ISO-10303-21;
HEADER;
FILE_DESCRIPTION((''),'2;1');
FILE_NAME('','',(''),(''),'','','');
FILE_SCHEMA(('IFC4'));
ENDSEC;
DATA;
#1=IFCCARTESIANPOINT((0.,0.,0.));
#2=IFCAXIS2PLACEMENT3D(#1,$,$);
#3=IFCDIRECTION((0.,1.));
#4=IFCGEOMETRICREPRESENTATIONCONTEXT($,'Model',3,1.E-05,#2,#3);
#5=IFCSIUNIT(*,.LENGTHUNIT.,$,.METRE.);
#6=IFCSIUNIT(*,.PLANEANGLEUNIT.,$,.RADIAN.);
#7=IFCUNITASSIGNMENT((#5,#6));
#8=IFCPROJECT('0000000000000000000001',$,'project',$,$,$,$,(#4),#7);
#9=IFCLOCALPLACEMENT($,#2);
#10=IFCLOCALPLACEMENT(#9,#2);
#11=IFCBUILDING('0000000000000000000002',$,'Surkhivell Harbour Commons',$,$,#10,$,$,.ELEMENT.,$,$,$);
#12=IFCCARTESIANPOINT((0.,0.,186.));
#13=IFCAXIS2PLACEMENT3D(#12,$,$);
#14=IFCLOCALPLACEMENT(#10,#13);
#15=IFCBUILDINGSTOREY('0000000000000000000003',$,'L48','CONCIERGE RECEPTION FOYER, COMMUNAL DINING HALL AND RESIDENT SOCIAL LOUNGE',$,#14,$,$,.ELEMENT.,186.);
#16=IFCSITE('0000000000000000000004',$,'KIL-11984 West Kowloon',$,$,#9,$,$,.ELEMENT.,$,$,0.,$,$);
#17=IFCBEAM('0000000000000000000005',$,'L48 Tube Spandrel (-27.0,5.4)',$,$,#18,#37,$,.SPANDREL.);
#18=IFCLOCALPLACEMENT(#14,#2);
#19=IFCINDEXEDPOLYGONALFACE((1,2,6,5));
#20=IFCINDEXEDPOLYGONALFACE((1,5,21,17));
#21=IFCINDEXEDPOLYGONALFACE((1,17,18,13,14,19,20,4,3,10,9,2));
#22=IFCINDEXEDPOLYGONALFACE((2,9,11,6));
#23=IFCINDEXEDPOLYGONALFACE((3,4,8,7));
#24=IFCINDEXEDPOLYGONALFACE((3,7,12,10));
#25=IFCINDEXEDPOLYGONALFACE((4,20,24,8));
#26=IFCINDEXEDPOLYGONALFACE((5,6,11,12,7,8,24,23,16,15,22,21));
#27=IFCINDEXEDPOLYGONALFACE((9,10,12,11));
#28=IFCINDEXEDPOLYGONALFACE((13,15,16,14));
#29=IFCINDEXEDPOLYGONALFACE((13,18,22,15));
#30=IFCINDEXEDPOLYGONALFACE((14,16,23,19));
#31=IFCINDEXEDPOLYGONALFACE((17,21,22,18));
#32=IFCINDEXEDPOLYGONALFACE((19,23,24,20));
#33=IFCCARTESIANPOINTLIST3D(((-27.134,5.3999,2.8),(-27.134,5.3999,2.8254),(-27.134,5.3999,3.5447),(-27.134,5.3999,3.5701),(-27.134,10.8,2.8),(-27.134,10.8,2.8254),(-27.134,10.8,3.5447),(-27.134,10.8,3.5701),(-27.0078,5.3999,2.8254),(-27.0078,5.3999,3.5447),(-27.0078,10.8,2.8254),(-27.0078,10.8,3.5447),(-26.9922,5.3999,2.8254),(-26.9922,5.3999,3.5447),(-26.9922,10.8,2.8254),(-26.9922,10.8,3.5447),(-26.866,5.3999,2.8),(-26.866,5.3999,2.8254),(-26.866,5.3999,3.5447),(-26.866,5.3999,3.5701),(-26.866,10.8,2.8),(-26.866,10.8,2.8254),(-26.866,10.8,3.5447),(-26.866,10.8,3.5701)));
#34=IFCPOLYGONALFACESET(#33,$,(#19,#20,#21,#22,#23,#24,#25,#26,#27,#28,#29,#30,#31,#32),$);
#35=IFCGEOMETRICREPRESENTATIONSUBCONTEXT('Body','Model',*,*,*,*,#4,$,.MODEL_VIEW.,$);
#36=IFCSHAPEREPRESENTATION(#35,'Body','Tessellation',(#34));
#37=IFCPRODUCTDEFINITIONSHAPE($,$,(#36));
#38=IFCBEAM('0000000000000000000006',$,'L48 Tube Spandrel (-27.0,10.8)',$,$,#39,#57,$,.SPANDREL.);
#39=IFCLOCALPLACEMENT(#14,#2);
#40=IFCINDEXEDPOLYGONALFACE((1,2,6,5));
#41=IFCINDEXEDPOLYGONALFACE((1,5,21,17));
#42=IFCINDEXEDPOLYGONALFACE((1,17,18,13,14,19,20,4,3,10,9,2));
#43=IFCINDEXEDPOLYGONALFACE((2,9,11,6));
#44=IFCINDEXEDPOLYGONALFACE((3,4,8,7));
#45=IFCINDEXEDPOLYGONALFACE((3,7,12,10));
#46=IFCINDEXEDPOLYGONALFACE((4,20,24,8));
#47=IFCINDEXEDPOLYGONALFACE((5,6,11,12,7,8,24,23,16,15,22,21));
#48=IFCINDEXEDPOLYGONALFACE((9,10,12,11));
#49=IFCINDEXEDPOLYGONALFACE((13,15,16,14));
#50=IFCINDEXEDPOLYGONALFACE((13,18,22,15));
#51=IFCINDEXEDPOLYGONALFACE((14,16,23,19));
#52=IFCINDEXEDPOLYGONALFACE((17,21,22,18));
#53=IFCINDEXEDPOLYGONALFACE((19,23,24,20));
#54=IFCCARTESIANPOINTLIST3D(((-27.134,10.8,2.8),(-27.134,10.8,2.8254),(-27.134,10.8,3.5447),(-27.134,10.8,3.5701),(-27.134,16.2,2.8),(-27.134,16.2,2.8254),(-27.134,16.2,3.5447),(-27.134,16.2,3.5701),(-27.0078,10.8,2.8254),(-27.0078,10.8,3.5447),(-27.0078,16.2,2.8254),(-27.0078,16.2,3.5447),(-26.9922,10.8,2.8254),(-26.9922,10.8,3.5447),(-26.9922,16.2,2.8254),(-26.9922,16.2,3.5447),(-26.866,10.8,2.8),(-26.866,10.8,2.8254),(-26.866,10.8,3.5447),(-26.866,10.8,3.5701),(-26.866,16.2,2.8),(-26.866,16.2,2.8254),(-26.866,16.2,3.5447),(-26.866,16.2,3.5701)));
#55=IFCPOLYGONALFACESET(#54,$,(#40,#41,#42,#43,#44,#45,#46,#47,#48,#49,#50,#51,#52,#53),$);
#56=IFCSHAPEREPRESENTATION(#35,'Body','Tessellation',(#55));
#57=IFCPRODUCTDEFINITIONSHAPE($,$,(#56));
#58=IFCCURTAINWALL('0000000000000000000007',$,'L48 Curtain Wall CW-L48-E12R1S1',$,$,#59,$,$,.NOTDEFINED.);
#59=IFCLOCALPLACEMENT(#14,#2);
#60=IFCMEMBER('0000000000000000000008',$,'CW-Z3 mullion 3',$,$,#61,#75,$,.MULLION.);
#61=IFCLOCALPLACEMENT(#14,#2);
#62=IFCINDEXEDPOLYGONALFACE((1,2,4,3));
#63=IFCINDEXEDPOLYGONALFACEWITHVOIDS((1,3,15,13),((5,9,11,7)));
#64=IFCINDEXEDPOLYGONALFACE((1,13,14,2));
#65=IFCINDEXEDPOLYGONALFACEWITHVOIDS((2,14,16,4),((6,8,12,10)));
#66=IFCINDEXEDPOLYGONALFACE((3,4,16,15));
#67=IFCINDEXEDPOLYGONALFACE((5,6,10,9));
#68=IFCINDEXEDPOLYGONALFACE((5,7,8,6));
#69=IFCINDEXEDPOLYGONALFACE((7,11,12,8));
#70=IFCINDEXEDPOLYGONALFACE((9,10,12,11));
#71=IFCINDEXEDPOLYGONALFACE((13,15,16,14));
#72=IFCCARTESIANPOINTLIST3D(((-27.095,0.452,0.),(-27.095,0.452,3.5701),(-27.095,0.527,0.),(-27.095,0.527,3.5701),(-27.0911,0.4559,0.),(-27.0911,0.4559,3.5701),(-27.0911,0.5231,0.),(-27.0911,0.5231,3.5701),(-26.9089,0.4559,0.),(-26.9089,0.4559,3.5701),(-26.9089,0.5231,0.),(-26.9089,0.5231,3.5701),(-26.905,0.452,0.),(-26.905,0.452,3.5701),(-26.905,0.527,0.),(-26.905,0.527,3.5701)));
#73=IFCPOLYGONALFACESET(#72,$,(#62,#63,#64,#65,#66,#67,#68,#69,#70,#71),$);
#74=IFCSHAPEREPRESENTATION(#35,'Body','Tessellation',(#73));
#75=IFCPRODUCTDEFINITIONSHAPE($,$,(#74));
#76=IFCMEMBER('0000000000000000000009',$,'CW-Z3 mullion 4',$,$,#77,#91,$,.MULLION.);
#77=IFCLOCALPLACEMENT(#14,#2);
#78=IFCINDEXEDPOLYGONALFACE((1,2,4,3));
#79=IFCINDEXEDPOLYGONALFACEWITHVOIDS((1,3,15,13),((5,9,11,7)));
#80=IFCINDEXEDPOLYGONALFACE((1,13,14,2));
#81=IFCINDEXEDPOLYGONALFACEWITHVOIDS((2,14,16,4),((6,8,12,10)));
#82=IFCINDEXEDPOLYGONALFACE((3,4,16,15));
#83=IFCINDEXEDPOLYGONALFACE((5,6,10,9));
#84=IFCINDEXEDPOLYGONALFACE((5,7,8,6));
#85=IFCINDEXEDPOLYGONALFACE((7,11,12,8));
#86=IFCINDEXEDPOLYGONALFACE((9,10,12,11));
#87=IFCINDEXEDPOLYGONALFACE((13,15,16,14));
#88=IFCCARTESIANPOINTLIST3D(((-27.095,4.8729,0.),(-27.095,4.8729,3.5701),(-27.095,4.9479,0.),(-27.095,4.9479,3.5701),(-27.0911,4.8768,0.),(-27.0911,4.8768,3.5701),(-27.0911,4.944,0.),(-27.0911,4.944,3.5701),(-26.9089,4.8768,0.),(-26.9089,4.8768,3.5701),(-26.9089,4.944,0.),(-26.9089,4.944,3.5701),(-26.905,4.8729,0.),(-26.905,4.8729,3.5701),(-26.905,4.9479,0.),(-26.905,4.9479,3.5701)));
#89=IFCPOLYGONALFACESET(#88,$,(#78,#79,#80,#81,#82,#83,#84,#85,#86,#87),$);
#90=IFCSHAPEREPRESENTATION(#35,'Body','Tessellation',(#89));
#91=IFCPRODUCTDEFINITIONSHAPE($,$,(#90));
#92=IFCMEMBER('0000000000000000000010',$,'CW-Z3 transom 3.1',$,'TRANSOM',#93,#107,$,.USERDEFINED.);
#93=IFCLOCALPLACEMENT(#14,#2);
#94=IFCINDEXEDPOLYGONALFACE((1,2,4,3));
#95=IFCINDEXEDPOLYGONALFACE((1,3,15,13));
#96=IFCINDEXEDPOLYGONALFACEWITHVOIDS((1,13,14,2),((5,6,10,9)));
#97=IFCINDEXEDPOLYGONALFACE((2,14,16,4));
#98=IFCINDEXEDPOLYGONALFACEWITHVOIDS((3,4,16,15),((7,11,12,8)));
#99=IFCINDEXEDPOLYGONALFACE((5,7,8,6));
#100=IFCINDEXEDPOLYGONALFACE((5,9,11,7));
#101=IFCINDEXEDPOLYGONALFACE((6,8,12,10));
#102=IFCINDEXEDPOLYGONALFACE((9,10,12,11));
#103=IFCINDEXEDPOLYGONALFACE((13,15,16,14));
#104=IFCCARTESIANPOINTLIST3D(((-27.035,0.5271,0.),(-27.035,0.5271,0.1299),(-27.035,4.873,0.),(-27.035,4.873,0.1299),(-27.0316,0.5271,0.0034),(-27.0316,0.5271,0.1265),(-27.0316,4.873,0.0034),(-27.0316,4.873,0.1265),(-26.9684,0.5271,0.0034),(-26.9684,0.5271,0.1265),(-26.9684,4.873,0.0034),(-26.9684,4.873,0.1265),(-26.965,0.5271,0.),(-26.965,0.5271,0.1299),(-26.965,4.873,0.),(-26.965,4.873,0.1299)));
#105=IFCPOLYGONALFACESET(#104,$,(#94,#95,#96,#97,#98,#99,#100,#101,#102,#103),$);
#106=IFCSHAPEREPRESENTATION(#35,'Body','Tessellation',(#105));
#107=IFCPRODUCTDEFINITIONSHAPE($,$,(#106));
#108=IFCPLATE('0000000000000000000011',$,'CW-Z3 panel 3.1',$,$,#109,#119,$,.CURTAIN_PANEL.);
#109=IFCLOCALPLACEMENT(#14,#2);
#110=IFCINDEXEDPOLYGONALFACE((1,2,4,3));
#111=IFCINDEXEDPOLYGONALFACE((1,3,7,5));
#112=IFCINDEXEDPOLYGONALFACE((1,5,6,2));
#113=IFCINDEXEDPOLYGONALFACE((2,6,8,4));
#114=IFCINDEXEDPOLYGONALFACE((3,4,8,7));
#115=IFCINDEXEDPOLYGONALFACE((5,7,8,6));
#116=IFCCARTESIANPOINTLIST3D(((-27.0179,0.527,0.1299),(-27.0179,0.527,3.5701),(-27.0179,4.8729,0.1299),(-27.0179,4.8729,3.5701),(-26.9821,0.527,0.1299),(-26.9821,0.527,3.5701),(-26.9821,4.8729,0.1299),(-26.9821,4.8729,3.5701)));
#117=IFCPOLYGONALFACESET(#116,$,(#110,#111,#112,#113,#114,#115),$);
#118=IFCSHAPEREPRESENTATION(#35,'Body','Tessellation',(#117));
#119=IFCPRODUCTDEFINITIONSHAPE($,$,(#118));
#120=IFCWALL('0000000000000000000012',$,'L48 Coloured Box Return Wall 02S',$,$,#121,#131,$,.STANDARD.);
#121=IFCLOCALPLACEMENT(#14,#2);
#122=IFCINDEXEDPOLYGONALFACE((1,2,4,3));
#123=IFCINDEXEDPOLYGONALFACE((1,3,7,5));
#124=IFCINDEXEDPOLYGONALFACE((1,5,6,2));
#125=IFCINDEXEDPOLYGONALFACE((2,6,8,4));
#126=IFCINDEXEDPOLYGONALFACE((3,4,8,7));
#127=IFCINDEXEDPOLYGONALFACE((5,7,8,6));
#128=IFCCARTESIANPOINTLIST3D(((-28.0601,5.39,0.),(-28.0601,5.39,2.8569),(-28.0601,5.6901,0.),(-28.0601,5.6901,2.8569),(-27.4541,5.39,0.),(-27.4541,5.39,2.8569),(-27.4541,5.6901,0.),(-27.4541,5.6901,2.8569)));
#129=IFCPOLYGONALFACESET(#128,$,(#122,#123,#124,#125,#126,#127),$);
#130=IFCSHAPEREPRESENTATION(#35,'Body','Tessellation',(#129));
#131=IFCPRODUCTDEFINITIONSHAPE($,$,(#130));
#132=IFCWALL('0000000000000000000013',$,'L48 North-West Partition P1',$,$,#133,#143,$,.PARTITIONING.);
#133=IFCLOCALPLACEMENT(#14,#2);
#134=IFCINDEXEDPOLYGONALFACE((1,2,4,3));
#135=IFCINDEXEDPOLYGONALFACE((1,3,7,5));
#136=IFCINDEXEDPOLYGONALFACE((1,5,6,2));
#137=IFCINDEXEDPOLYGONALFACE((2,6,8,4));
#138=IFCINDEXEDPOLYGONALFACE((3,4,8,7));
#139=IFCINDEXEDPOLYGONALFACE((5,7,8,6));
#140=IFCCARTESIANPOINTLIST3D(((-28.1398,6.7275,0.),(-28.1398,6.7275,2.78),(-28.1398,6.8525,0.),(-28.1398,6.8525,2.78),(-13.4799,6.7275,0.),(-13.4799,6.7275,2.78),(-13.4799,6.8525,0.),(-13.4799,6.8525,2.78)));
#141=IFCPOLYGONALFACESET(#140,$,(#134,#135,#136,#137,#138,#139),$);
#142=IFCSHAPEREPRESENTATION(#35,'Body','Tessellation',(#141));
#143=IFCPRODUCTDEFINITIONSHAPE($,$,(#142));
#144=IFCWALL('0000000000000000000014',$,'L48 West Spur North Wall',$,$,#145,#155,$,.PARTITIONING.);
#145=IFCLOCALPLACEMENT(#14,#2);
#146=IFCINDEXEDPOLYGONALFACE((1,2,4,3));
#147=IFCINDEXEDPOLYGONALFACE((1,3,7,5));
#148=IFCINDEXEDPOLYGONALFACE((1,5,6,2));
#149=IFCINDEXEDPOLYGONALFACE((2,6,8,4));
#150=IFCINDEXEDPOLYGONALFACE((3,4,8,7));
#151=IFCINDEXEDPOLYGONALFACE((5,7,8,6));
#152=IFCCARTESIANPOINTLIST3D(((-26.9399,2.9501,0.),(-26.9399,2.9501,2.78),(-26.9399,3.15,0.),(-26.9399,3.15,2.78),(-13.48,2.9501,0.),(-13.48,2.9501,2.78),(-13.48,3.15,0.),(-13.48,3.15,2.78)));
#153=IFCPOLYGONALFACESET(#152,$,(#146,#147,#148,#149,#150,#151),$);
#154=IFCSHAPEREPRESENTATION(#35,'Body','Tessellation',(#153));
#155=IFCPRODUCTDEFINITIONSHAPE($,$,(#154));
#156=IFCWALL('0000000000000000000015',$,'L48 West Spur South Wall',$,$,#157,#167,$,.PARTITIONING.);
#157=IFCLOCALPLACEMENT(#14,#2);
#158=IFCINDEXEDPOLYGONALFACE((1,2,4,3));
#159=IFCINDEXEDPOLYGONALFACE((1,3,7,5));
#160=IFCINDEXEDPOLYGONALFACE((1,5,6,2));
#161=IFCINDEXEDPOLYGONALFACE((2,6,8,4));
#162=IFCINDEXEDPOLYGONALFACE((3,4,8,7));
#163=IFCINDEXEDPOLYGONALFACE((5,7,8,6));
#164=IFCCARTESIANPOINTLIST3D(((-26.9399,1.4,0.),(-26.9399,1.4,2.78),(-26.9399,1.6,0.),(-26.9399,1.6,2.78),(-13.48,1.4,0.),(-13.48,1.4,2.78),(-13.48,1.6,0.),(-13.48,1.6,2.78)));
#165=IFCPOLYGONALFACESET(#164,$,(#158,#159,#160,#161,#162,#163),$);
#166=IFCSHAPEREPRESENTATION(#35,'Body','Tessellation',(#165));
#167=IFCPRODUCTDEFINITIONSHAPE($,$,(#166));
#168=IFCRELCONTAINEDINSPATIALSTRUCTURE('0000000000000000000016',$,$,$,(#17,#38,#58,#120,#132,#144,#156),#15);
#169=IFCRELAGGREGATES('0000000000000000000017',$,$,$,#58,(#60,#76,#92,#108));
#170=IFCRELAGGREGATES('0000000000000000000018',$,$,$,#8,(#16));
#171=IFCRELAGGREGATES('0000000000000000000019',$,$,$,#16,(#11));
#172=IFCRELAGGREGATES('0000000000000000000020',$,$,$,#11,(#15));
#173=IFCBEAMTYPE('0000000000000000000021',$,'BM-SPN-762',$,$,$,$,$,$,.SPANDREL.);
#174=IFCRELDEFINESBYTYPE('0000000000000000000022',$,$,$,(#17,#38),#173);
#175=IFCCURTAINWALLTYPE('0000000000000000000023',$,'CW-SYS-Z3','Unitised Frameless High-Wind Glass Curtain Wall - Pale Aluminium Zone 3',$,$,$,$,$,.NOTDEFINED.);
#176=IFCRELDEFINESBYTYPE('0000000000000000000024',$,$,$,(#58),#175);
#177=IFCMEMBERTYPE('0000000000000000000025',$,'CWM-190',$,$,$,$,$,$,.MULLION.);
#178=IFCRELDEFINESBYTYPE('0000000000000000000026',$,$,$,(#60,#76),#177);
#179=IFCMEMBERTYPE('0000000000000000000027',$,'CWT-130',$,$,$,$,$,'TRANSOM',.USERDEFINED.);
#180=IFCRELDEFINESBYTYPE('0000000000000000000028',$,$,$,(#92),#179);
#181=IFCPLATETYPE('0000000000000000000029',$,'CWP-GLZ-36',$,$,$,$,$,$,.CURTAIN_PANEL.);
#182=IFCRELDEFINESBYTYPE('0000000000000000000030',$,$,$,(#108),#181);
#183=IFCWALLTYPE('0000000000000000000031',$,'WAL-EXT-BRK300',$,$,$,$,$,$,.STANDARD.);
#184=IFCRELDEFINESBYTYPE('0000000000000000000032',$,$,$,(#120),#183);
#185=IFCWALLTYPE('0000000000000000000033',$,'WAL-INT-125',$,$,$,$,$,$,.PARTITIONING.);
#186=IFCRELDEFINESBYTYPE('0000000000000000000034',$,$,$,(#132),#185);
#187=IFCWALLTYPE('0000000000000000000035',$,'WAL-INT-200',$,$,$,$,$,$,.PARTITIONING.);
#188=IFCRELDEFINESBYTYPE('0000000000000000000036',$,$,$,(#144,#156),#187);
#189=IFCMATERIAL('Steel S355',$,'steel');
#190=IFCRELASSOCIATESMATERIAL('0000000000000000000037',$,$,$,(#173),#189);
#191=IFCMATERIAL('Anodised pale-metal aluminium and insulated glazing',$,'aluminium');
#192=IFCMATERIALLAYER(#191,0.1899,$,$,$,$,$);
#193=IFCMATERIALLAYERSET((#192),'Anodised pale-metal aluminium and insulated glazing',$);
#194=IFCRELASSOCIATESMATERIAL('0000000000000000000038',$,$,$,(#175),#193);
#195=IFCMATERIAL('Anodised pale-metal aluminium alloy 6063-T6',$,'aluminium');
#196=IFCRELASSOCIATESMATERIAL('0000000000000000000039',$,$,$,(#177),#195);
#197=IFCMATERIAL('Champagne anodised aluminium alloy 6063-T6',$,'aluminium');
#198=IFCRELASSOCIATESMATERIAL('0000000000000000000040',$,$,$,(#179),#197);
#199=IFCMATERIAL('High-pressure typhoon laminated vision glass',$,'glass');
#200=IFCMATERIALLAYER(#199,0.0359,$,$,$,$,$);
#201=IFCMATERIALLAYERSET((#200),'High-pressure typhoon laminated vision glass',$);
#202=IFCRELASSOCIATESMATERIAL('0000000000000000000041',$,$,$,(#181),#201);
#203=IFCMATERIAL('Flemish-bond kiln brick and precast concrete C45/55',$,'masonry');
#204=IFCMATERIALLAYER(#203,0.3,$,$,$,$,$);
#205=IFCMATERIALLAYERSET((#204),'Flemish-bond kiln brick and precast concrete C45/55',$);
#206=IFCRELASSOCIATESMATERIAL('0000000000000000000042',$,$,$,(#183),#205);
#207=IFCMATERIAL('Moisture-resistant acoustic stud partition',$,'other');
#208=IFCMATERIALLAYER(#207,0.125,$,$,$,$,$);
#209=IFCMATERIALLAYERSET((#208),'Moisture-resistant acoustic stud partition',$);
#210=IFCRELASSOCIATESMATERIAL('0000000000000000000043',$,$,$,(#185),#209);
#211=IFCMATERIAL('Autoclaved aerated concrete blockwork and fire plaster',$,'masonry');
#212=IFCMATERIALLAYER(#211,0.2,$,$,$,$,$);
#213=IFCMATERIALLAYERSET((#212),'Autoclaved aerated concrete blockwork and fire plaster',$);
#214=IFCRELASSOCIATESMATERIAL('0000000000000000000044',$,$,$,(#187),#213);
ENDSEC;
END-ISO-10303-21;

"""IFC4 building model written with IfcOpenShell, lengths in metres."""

from ifc_helpers import new_model, si_unit, direction, frame, frame_2d, origin, origin_2d, place, context, subcontext, project, spatial, rectangle, hollow_rectangle, i_section, extrude, material, layer, layer_set, material_profile, profile_set, type_object, element, aggregate, save


model = new_model("IFC4")

# Units and contexts
model_context = context("Model", 3, precision=1e-05, world=origin(), true_north=direction((0.0, 1.0)))
body_context = subcontext(model_context, "Body", "Model", "MODEL_VIEW")
ifc_project = project(units=[si_unit("LENGTHUNIT", "METRE"), si_unit("PLANEANGLEUNIT", "RADIAN")], contexts=[model_context])

# Site, building, storey
site_placement = place(None, origin())
site = spatial("IfcSite", under=ifc_project, at=site_placement, Name="KIL-11984 West Kowloon", CompositionType="ELEMENT", RefElevation=0.0)
building_placement = place(site_placement, origin())
building = spatial("IfcBuilding", under=site, at=building_placement, Name="Surkhivell Harbour Commons", CompositionType="ELEMENT")
storey_placement = place(building_placement, frame((0.0, 0.0, 186.0)))
storey = spatial("IfcBuildingStorey", under=building, at=storey_placement, Name="L48", Description="CONCIERGE RECEPTION FOYER, COMMUNAL DINING HALL AND RESIDENT SOCIAL LOUNGE", CompositionType="ELEMENT", Elevation=186.0)

# Beams
ifc_material_1 = material(Name="Steel S355", Category="steel")
ifc_material_profile_1 = material_profile(ifc_material_1, i_section(OverallWidth=0.2681, OverallDepth=0.77, WebThickness=0.0156, FlangeThickness=0.0254, at=origin_2d()), Name="UB762x267x197")
ifc_profile_set_1 = profile_set([ifc_material_profile_1], Name="Steel S355")
beam_type_1 = type_object("IfcBeamType", Name="BM-SPN-762", PredefinedType="SPANDREL", material=ifc_profile_set_1)
beam_1_placement = place(storey_placement, frame((-27.0, 5.3999, 3.1851), z_axis=(0.0, 1.0, 0.0), x_axis=(-1.0, 0.0, 0.0)))
element("IfcBeam", 1, at=beam_1_placement, inside=storey, type_object=beam_type_1, Name="L48 Tube Spandrel (-27.0,5.4)", PredefinedType="SPANDREL", context=body_context, shape_type="SweptSolid", body=[
    extrude(i_section(OverallWidth=0.2681, OverallDepth=0.77, WebThickness=0.0156, FlangeThickness=0.0254, at=origin_2d()), origin(), (0.0, 0.0, 1.0), 5.4001),
])
beam_2_placement = place(storey_placement, frame((-27.0, 10.8, 3.1851), z_axis=(0.0, 1.0, 0.0), x_axis=(-1.0, 0.0, 0.0)))
element("IfcBeam", 2, at=beam_2_placement, inside=storey, type_object=beam_type_1, Name="L48 Tube Spandrel (-27.0,10.8)", PredefinedType="SPANDREL", context=body_context, shape_type="SweptSolid", body=[
    extrude(i_section(OverallWidth=0.2681, OverallDepth=0.77, WebThickness=0.0156, FlangeThickness=0.0254, at=origin_2d()), origin(), (0.0, 0.0, 1.0), 5.3999),
])

# Curtain wall, members, plate
ifc_material_2 = material(Name="Anodised pale-metal aluminium and insulated glazing", Category="aluminium")
ifc_layer_1 = layer(ifc_material_2, 0.1899)
ifc_layer_set_1 = layer_set([ifc_layer_1], Name="Anodised pale-metal aluminium and insulated glazing")
curtain_wall_type = type_object("IfcCurtainWallType", Name="CW-SYS-Z3", Description="Unitised Frameless High-Wind Glass Curtain Wall - Pale Aluminium Zone 3", PredefinedType="NOTDEFINED", material=ifc_layer_set_1)
curtain_wall_placement = place(storey_placement, origin())
curtain_wall = element("IfcCurtainWall", 3, at=curtain_wall_placement, inside=storey, type_object=curtain_wall_type, Name="L48 Curtain Wall CW-L48-E12R1S1", PredefinedType="NOTDEFINED")
ifc_material_3 = material(Name="Anodised pale-metal aluminium alloy 6063-T6", Category="aluminium")
ifc_material_profile_2 = material_profile(ifc_material_3, hollow_rectangle(XDim=0.075, YDim=0.1899, WallThickness=0.0039, at=origin_2d()), Name="ALU-MULL-75x190")
ifc_profile_set_2 = profile_set([ifc_material_profile_2], Name="Anodised pale-metal aluminium alloy 6063-T6")
member_type_1 = type_object("IfcMemberType", Name="CWM-190", PredefinedType="MULLION", material=ifc_profile_set_2)
member_1_placement = place(storey_placement, frame((-27.0, 0.4895, 0.0), z_axis=(0.0, 0.0, 1.0), x_axis=(0.0, 1.0, 0.0)))
member_1 = element("IfcMember", 4, at=member_1_placement, type_object=member_type_1, Name="CW-Z3 mullion 3", PredefinedType="MULLION", context=body_context, shape_type="SweptSolid", body=[
    extrude(hollow_rectangle(XDim=0.075, YDim=0.1899, WallThickness=0.0039, at=origin_2d()), origin(), (0.0, 0.0, 1.0), 3.5701),
])
member_2_placement = place(storey_placement, frame((-27.0, 4.9104, 0.0), z_axis=(0.0, 0.0, 1.0), x_axis=(0.0, 1.0, 0.0)))
member_2 = element("IfcMember", 5, at=member_2_placement, type_object=member_type_1, Name="CW-Z3 mullion 4", PredefinedType="MULLION", context=body_context, shape_type="SweptSolid", body=[
    extrude(hollow_rectangle(XDim=0.075, YDim=0.1899, WallThickness=0.0039, at=origin_2d()), origin(), (0.0, 0.0, 1.0), 3.5701),
])
ifc_material_4 = material(Name="Champagne anodised aluminium alloy 6063-T6", Category="aluminium")
ifc_material_profile_3 = material_profile(ifc_material_4, hollow_rectangle(XDim=0.0701, YDim=0.1299, WallThickness=0.0034, at=origin_2d()), Name="ALU-TRAN-70x130")
ifc_profile_set_3 = profile_set([ifc_material_profile_3], Name="Champagne anodised aluminium alloy 6063-T6")
member_type_2 = type_object("IfcMemberType", Name="CWT-130", ElementType="TRANSOM", PredefinedType="USERDEFINED", material=ifc_profile_set_3)
member_3_placement = place(storey_placement, frame((-27.0, 0.5271, 0.0649), z_axis=(0.0, 1.0, 0.0), x_axis=(-1.0, 0.0, 0.0)))
member_3 = element("IfcMember", 6, at=member_3_placement, type_object=member_type_2, Name="CW-Z3 transom 3.1", ObjectType="TRANSOM", PredefinedType="USERDEFINED", context=body_context, shape_type="SweptSolid", body=[
    extrude(hollow_rectangle(XDim=0.0701, YDim=0.1299, WallThickness=0.0034, at=origin_2d()), origin(), (0.0, 0.0, 1.0), 4.3459),
])
ifc_material_5 = material(Name="High-pressure typhoon laminated vision glass", Category="glass")
ifc_layer_2 = layer(ifc_material_5, 0.0359)
ifc_layer_set_2 = layer_set([ifc_layer_2], Name="High-pressure typhoon laminated vision glass")
plate_type = type_object("IfcPlateType", Name="CWP-GLZ-36", PredefinedType="CURTAIN_PANEL", material=ifc_layer_set_2)
plate_placement = place(storey_placement, frame((-27.0, 0.5271, 0.1299), z_axis=(0.0, 0.0, 1.0), x_axis=(0.0, 1.0, 0.0)))
plate = element("IfcPlate", 7, at=plate_placement, type_object=plate_type, Name="CW-Z3 panel 3.1", PredefinedType="CURTAIN_PANEL", context=body_context, shape_type="SweptSolid", body=[
    extrude(rectangle(XDim=4.3459, YDim=0.0359, at=frame_2d((2.1729, 0.0))), origin(), (0.0, 0.0, 1.0), 3.4402),
])
aggregate(curtain_wall, [member_1, member_2, member_3, plate])

# Walls
ifc_material_6 = material(Name="Flemish-bond kiln brick and precast concrete C45/55", Category="masonry")
ifc_layer_3 = layer(ifc_material_6, 0.3)
ifc_layer_set_3 = layer_set([ifc_layer_3], Name="Flemish-bond kiln brick and precast concrete C45/55")
wall_type_1 = type_object("IfcWallType", Name="WAL-EXT-BRK300", PredefinedType="STANDARD", material=ifc_layer_set_3)
wall_1_placement = place(storey_placement, frame((-28.0601, 5.54, 0.0), z_axis=(0.0, 0.0, 1.0), x_axis=(1.0, 0.0, 0.0)))
element("IfcWall", 8, at=wall_1_placement, inside=storey, type_object=wall_type_1, Name="L48 Coloured Box Return Wall 02S", PredefinedType="STANDARD", context=body_context, shape_type="SweptSolid", body=[
    extrude(rectangle(XDim=0.606, YDim=0.3, at=frame_2d((0.303, 0.0))), origin(), (0.0, 0.0, 1.0), 2.8569),
])
ifc_material_7 = material(Name="Moisture-resistant acoustic stud partition", Category="other")
ifc_layer_4 = layer(ifc_material_7, 0.125)
ifc_layer_set_4 = layer_set([ifc_layer_4], Name="Moisture-resistant acoustic stud partition")
wall_type_2 = type_object("IfcWallType", Name="WAL-INT-125", PredefinedType="PARTITIONING", material=ifc_layer_set_4)
wall_2_placement = place(storey_placement, frame((-28.1399, 6.79, 0.0), z_axis=(0.0, 0.0, 1.0), x_axis=(1.0, 0.0, 0.0)))
element("IfcWall", 9, at=wall_2_placement, inside=storey, type_object=wall_type_2, Name="L48 North-West Partition P1", PredefinedType="PARTITIONING", context=body_context, shape_type="SweptSolid", body=[
    extrude(rectangle(XDim=14.6599, YDim=0.125, at=frame_2d((7.3301, 0.0))), origin(), (0.0, 0.0, 1.0), 2.78),
])
ifc_material_8 = material(Name="Autoclaved aerated concrete blockwork and fire plaster", Category="masonry")
ifc_layer_5 = layer(ifc_material_8, 0.2)
ifc_layer_set_5 = layer_set([ifc_layer_5], Name="Autoclaved aerated concrete blockwork and fire plaster")
wall_type_3 = type_object("IfcWallType", Name="WAL-INT-200", PredefinedType="PARTITIONING", material=ifc_layer_set_5)
for number, where, z_axis, x_axis, name in (
    (10, (-26.9399, 3.05, 0.0), (0.0, 0.0, 1.0), (1.0, 0.0, 0.0), "L48 West Spur North Wall"),
    (11, (-26.9399, 1.5, 0.0), (0.0, 0.0, 1.0), (1.0, 0.0, 0.0), "L48 West Spur South Wall"),
):
    element("IfcWall", number, at=place(storey_placement, frame(where, z_axis=z_axis, x_axis=x_axis)), inside=storey, type_object=wall_type_3, Name=name, PredefinedType="PARTITIONING", context=body_context, shape_type="SweptSolid", body=[
        extrude(rectangle(XDim=13.46, YDim=0.2, at=frame_2d((6.73, 0.0))), origin(), (0.0, 0.0, 1.0), 2.78),
    ])

save(model, "model.ifc")
